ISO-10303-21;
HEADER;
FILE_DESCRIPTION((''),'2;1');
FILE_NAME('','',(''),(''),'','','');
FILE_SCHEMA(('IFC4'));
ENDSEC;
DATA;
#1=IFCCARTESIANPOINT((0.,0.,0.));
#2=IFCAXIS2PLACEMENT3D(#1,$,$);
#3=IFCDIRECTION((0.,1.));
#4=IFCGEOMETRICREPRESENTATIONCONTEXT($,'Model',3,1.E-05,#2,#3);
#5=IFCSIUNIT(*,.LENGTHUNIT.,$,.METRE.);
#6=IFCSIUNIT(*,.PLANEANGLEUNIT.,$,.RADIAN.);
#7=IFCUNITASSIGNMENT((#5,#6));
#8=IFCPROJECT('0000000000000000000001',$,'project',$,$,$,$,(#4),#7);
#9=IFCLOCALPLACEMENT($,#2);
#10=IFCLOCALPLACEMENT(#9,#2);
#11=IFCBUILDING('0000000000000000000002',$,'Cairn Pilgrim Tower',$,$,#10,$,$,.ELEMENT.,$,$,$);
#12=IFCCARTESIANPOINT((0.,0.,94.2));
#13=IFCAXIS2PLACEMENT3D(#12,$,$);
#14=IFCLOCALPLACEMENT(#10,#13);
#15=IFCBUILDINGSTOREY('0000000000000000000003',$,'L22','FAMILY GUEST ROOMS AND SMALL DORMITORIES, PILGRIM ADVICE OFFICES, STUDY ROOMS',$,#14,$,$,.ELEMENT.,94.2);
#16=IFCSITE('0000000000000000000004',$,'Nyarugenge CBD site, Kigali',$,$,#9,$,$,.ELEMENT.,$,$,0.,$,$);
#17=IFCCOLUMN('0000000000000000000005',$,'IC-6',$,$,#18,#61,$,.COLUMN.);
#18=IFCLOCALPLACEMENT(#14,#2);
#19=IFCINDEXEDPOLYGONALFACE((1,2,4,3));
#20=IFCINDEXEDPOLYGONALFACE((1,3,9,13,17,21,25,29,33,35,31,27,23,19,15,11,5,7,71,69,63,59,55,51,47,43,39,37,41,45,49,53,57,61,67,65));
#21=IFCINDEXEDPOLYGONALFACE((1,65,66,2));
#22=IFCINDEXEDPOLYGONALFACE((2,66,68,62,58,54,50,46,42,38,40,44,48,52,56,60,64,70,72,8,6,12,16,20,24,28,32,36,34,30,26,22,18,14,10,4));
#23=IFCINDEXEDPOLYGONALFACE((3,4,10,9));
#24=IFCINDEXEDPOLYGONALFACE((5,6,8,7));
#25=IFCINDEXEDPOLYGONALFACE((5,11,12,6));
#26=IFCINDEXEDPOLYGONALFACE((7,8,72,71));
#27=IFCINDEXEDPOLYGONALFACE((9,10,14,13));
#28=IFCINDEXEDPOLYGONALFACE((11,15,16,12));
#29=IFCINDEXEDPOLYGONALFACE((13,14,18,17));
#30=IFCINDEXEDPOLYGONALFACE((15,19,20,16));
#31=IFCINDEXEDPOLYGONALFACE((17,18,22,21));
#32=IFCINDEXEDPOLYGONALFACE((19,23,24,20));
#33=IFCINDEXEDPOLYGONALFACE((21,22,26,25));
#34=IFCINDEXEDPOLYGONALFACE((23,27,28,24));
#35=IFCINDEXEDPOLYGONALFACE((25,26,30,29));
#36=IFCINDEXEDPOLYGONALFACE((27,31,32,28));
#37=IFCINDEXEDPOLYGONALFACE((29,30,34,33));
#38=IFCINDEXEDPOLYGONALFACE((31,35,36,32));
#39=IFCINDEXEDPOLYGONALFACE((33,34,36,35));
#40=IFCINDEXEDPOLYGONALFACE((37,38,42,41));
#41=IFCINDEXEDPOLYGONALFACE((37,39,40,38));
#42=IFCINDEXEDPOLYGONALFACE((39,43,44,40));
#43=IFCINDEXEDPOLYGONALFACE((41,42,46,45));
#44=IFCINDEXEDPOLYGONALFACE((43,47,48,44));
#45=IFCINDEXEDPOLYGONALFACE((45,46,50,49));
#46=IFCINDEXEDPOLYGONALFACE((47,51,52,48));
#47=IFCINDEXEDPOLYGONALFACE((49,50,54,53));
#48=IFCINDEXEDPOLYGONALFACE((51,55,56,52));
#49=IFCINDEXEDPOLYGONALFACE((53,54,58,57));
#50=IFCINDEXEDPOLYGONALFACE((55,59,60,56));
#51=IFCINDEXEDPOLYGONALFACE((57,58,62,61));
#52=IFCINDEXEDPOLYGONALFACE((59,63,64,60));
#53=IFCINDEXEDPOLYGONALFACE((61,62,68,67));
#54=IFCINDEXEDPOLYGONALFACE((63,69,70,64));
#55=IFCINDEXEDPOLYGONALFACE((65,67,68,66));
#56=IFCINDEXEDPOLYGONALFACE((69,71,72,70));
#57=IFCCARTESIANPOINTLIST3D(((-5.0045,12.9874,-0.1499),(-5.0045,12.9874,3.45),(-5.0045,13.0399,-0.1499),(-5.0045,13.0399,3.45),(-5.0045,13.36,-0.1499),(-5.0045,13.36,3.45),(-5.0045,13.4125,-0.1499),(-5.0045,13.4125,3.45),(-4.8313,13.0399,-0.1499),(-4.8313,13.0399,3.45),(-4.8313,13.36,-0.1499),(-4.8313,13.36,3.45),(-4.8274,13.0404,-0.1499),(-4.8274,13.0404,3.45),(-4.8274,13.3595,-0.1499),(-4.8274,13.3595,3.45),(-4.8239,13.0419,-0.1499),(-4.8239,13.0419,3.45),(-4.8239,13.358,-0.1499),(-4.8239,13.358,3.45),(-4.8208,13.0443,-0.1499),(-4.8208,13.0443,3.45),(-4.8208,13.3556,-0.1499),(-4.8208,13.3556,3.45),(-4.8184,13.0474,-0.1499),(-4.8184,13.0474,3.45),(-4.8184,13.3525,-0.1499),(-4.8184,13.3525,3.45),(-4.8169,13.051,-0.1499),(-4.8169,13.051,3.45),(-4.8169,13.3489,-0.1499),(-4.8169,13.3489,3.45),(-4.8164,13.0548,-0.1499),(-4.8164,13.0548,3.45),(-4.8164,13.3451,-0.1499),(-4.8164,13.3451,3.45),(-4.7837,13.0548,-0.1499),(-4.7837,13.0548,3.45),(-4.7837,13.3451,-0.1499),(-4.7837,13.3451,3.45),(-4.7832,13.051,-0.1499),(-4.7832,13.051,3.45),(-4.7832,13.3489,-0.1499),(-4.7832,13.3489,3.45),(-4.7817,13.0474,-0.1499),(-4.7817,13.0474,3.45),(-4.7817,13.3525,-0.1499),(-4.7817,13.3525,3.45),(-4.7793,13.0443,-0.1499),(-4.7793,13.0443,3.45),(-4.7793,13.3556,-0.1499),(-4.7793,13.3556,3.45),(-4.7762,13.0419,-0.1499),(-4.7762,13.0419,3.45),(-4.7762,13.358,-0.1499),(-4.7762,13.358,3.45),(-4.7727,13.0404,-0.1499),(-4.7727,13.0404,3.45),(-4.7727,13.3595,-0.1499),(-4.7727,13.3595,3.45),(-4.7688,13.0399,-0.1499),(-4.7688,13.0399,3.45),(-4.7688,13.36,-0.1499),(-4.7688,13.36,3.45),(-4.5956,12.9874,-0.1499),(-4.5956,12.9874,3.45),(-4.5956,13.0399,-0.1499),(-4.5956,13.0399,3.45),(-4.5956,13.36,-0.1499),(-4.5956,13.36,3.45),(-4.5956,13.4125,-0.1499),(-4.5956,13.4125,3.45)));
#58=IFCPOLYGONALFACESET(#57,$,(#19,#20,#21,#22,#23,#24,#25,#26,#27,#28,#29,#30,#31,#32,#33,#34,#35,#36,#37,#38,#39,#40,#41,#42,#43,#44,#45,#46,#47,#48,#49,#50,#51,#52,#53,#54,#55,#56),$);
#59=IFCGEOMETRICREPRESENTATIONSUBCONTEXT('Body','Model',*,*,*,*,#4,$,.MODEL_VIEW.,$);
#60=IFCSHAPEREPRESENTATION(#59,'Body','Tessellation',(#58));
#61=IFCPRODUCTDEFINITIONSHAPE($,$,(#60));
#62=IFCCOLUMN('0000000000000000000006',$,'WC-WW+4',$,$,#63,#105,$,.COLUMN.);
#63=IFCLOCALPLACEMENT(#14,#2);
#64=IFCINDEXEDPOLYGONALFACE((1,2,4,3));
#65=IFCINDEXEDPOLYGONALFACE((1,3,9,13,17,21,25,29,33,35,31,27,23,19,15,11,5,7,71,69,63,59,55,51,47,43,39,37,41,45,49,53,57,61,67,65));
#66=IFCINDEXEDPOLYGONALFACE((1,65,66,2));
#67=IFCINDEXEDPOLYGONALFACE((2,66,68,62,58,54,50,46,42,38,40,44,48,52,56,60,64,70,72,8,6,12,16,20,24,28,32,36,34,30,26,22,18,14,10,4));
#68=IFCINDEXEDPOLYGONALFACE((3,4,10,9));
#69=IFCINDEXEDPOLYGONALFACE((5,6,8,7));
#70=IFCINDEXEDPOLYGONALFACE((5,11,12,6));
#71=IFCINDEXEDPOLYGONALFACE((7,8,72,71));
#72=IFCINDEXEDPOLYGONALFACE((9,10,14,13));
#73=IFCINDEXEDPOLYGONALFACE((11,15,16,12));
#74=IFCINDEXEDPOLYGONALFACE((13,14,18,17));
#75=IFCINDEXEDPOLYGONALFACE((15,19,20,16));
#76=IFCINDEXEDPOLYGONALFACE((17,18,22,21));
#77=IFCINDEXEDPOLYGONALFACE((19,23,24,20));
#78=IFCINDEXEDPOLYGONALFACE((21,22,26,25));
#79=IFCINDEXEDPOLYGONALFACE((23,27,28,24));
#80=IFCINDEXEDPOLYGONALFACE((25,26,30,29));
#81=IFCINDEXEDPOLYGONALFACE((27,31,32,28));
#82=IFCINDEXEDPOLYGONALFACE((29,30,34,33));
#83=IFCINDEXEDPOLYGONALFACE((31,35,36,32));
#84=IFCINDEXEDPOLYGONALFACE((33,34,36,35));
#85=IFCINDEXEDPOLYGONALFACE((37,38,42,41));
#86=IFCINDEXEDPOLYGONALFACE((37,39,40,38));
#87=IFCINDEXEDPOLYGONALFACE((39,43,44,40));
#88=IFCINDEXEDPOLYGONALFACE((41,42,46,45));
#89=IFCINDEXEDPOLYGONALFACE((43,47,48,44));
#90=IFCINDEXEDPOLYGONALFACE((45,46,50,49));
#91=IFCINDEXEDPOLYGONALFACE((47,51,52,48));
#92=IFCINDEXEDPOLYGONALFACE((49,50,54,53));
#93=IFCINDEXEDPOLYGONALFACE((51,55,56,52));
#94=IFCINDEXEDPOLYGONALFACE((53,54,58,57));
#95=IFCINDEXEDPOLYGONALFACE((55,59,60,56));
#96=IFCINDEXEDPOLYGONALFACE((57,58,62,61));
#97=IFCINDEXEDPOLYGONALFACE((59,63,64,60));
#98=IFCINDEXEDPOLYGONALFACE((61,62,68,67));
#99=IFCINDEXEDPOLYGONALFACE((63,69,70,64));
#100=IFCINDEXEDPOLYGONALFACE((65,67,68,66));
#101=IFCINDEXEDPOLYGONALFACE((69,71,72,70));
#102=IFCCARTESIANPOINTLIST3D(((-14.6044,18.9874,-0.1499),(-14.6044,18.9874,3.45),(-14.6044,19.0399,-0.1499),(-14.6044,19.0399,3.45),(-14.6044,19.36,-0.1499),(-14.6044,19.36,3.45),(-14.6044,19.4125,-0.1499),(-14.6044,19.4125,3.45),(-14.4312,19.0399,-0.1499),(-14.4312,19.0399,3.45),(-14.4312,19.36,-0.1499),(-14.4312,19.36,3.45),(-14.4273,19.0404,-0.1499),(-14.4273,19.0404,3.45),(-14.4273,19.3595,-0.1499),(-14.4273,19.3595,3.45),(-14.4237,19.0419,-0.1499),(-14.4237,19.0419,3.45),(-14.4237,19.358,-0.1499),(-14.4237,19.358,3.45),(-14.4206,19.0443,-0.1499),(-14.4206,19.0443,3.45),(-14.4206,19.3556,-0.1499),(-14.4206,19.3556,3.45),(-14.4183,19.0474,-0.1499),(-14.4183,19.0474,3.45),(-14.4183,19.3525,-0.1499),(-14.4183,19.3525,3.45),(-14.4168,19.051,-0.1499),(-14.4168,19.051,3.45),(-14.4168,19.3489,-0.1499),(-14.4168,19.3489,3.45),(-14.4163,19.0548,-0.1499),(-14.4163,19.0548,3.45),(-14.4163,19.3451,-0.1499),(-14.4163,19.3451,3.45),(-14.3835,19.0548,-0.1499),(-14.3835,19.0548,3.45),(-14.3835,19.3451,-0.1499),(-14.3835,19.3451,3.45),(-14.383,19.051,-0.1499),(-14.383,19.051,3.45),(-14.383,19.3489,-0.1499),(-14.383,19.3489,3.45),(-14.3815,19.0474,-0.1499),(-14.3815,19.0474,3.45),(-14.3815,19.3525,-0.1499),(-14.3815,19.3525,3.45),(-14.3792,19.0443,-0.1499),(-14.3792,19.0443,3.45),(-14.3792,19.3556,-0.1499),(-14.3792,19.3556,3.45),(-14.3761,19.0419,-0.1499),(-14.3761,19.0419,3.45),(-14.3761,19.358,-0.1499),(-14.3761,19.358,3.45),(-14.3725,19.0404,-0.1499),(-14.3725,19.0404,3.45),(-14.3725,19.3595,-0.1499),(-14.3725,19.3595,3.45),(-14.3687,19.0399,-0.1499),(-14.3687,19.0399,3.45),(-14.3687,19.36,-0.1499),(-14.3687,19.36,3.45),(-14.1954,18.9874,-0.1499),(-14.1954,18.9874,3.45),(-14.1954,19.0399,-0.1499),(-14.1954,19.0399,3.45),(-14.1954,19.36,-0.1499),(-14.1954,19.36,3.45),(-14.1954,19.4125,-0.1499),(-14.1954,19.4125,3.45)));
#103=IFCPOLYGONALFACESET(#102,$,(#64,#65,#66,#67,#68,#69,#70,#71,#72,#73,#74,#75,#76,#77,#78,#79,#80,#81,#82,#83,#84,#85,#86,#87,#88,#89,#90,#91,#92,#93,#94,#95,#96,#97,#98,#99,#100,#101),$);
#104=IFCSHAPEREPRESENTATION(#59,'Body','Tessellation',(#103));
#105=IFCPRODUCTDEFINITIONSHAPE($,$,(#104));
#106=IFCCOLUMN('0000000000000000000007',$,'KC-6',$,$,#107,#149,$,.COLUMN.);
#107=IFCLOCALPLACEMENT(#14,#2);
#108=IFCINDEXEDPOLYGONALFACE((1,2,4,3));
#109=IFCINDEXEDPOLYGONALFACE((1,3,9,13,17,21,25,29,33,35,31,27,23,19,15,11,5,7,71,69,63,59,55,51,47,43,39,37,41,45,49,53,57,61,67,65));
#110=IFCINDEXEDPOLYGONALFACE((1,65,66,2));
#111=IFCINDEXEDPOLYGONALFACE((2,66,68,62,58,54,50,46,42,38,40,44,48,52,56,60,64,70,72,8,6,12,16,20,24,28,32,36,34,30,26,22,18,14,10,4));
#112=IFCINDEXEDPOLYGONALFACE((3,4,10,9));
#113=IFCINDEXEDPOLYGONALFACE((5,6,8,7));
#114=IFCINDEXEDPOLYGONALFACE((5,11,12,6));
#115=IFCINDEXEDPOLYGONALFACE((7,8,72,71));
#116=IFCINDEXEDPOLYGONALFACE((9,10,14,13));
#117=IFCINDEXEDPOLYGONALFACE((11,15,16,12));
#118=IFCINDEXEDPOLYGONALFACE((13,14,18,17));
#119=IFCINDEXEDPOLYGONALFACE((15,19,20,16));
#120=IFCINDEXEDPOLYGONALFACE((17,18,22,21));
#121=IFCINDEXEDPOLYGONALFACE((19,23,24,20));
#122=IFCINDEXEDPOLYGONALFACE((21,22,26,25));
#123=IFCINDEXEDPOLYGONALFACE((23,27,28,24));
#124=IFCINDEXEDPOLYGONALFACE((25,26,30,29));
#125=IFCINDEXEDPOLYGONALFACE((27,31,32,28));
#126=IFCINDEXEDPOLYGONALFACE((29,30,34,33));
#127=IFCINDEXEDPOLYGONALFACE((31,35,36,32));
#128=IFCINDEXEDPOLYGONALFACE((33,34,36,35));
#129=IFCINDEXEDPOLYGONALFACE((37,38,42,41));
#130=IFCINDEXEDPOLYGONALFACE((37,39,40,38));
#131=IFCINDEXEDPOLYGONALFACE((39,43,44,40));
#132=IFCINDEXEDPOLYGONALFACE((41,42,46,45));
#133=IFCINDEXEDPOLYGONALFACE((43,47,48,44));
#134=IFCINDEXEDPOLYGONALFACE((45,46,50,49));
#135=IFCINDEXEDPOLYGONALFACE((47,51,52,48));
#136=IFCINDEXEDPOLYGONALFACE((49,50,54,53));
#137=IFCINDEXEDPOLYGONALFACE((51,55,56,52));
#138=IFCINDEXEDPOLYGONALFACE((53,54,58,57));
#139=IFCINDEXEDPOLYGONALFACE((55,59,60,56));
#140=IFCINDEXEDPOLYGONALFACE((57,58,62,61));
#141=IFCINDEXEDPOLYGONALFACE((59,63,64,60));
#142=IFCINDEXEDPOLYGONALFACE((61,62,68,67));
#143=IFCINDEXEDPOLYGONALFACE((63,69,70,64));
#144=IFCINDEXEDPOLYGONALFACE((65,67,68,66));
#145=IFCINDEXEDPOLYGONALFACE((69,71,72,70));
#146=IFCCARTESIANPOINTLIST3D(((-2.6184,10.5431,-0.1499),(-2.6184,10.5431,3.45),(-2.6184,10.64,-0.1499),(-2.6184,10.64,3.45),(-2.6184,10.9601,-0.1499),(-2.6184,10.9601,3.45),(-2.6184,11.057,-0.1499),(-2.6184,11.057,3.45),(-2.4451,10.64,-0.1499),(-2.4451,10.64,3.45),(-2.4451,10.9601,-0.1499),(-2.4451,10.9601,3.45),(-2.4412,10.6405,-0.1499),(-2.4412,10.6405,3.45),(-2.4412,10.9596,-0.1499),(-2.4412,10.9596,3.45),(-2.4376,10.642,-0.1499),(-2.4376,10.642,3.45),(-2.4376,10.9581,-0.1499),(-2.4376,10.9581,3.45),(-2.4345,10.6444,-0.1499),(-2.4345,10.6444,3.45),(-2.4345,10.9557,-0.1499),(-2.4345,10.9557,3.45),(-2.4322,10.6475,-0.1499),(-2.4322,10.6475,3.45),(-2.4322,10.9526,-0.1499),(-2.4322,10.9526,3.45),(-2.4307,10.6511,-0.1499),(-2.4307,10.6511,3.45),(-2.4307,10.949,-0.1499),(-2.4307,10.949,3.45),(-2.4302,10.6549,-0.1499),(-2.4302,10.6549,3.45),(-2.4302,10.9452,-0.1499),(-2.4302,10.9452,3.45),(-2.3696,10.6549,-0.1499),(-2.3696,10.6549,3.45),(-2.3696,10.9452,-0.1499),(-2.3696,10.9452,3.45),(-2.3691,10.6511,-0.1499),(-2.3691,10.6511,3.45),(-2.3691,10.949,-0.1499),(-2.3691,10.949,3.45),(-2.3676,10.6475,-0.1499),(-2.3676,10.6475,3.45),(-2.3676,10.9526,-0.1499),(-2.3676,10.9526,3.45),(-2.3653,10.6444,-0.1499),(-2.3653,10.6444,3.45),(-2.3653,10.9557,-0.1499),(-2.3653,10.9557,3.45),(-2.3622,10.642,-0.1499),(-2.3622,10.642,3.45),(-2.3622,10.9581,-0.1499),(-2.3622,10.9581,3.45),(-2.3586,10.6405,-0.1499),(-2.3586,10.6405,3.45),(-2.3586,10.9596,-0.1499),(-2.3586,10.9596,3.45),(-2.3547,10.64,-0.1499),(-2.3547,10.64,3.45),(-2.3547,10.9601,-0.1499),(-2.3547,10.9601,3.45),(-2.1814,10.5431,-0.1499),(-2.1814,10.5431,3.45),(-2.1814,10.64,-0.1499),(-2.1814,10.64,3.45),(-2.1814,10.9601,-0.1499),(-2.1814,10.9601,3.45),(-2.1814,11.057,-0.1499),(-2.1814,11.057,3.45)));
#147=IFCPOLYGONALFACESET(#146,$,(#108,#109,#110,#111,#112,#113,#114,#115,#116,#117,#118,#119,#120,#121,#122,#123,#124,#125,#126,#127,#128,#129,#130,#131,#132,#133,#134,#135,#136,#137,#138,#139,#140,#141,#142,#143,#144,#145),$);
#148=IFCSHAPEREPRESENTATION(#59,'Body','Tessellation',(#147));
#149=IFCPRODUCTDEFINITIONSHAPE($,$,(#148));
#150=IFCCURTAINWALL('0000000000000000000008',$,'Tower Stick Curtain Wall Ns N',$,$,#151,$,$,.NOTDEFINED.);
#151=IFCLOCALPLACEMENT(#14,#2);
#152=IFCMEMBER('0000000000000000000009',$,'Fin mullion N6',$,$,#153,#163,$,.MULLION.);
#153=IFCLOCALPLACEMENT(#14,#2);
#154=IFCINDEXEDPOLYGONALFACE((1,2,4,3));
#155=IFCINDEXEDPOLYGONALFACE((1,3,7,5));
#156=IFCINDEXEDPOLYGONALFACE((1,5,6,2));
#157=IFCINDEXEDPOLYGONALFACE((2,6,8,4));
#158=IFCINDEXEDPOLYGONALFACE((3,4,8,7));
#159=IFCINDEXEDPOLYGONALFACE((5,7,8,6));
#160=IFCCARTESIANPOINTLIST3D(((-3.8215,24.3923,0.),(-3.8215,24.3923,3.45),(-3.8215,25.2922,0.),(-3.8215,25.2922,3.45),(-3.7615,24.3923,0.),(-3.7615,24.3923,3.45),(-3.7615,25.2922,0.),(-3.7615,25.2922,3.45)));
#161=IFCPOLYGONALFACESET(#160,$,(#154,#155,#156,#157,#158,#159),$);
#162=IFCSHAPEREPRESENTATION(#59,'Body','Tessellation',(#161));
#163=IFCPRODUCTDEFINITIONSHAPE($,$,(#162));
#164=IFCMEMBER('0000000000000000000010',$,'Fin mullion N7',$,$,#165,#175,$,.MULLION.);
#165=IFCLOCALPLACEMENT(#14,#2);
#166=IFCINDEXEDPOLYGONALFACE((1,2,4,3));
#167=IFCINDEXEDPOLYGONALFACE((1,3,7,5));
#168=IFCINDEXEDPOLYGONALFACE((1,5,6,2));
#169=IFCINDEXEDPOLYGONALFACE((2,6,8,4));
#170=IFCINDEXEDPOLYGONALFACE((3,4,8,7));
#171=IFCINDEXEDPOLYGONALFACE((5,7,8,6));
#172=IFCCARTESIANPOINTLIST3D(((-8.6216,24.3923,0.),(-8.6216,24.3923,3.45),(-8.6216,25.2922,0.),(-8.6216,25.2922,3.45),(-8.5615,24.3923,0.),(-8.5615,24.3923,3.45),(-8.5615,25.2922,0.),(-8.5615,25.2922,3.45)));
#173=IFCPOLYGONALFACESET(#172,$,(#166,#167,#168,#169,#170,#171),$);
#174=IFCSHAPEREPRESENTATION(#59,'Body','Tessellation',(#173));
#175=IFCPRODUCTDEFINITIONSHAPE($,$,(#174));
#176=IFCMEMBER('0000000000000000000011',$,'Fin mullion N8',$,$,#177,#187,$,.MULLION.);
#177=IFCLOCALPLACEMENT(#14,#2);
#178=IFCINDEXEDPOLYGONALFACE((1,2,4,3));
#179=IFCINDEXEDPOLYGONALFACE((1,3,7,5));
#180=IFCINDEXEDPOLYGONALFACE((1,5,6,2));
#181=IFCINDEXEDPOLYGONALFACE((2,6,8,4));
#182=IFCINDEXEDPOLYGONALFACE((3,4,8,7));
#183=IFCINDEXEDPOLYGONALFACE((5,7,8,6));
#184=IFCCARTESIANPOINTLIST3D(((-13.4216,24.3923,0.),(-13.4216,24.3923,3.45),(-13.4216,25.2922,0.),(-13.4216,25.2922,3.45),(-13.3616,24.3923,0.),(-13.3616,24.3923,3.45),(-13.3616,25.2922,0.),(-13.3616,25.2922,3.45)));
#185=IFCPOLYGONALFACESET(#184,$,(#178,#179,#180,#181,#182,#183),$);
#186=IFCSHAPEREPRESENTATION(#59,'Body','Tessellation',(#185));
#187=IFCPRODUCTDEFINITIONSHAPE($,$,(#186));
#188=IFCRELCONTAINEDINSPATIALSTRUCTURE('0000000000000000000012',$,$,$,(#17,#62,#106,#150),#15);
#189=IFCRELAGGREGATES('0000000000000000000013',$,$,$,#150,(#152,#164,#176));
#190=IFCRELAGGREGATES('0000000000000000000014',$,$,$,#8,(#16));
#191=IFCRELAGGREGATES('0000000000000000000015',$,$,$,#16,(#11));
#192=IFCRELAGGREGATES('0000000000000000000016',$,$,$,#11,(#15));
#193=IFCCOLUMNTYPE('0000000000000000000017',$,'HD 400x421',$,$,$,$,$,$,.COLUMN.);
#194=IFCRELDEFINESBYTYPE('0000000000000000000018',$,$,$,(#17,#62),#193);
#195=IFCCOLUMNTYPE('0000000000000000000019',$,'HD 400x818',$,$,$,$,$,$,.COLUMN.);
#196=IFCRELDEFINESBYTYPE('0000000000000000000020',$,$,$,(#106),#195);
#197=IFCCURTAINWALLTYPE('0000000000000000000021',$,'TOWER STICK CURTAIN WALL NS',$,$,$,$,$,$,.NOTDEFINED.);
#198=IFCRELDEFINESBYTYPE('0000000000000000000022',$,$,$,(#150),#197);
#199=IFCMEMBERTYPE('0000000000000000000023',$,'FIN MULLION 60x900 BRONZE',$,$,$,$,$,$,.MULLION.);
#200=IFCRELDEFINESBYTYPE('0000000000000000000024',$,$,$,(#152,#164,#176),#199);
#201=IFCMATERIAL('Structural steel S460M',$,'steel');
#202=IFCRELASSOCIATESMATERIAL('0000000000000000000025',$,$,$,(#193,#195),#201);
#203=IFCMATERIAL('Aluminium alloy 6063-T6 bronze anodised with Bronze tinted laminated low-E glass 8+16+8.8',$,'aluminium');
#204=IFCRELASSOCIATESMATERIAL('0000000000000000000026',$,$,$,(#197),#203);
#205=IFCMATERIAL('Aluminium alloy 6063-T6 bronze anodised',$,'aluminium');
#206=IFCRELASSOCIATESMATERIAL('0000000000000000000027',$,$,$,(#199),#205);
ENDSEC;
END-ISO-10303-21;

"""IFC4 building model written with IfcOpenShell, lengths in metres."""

from ifc_helpers import new_model, si_unit, direction, frame, origin, origin_2d, place, context, subcontext, project, spatial, rectangle, i_section, extrude, material, material_profile, profile_set, type_object, element, aggregate, save


model = new_model("IFC4")

# Units and contexts
model_context = context("Model", 3, precision=1e-05, world=origin(), true_north=direction((0.0, 1.0)))
body_context = subcontext(model_context, "Body", "Model", "MODEL_VIEW")
ifc_project = project(units=[si_unit("LENGTHUNIT", "METRE"), si_unit("PLANEANGLEUNIT", "RADIAN")], contexts=[model_context])

# Site, building, storey
site_placement = place(None, origin())
site = spatial("IfcSite", under=ifc_project, at=site_placement, Name="Nyarugenge CBD site, Kigali", CompositionType="ELEMENT", RefElevation=0.0)
building_placement = place(site_placement, origin())
building = spatial("IfcBuilding", under=site, at=building_placement, Name="Cairn Pilgrim Tower", CompositionType="ELEMENT")
storey_placement = place(building_placement, frame((0.0, 0.0, 94.2)))
storey = spatial("IfcBuildingStorey", under=building, at=storey_placement, Name="L22", Description="FAMILY GUEST ROOMS AND SMALL DORMITORIES, PILGRIM ADVICE OFFICES, STUDY ROOMS", CompositionType="ELEMENT", Elevation=94.2)

# Columns
ifc_material_1 = material(Name="Structural steel S460M", Category="steel")
ifc_material_profile_1 = material_profile(ifc_material_1, i_section(OverallWidth=0.4089, OverallDepth=0.425, WebThickness=0.0327, FlangeThickness=0.0525, FilletRadius=0.0149, at=origin_2d()), Name="HD 400x421")
ifc_profile_set_1 = profile_set([ifc_material_profile_1], Name="Structural steel S460M")
column_type_1 = type_object("IfcColumnType", Name="HD 400x421", PredefinedType="COLUMN", material=ifc_profile_set_1)
for number, where, z_axis, x_axis, name in (
    (1, (-4.8, 13.2, -0.1499), (0.0, 0.0, 1.0), (1.0, 0.0, 0.0), "IC-6"),
    (2, (-14.3999, 19.2, -0.1499), (0.0, 0.0, 1.0), (1.0, 0.0, 0.0), "WC-WW+4"),
):
    element("IfcColumn", number, at=place(storey_placement, frame(where, z_axis=z_axis, x_axis=x_axis)), inside=storey, type_object=column_type_1, Name=name, PredefinedType="COLUMN", context=body_context, shape_type="SweptSolid", body=[
        extrude(i_section(OverallWidth=0.4089, OverallDepth=0.425, WebThickness=0.0327, FlangeThickness=0.0525, FilletRadius=0.0149, at=origin_2d()), origin(), (0.0, 0.0, 1.0), 3.5999),
    ])
ifc_material_profile_2 = material_profile(ifc_material_1, i_section(OverallWidth=0.437, OverallDepth=0.5139, WebThickness=0.0605, FlangeThickness=0.0969, FilletRadius=0.0149, at=origin_2d()), Name="HD 400x818")
ifc_profile_set_2 = profile_set([ifc_material_profile_2], Name="Structural steel S460M")
column_type_2 = type_object("IfcColumnType", Name="HD 400x818", PredefinedType="COLUMN", material=ifc_profile_set_2)
column_1_placement = place(storey_placement, frame((-2.3999, 10.8, -0.1499), z_axis=(0.0, 0.0, 1.0), x_axis=(1.0, 0.0, 0.0)))
element("IfcColumn", 3, at=column_1_placement, inside=storey, type_object=column_type_2, Name="KC-6", PredefinedType="COLUMN", context=body_context, shape_type="SweptSolid", body=[
    extrude(i_section(OverallWidth=0.437, OverallDepth=0.5139, WebThickness=0.0605, FlangeThickness=0.0969, FilletRadius=0.0149, at=origin_2d()), origin(), (0.0, 0.0, 1.0), 3.5999),
])

# Curtain wall, members
ifc_material_2 = material(Name="Aluminium alloy 6063-T6 bronze anodised with Bronze tinted laminated low-E glass 8+16+8.8", Category="aluminium")
curtain_wall_type = type_object("IfcCurtainWallType", Name="TOWER STICK CURTAIN WALL NS", PredefinedType="NOTDEFINED", material=ifc_material_2)
curtain_wall_placement = place(storey_placement, origin())
curtain_wall = element("IfcCurtainWall", 4, at=curtain_wall_placement, inside=storey, type_object=curtain_wall_type, Name="Tower Stick Curtain Wall Ns N", PredefinedType="NOTDEFINED")
ifc_material_3 = material(Name="Aluminium alloy 6063-T6 bronze anodised", Category="aluminium")
ifc_material_profile_3 = material_profile(ifc_material_3, rectangle(XDim=0.8999, YDim=0.0601, at=origin_2d()), Name="FIN MULLION 60x900 BRONZE")
ifc_profile_set_3 = profile_set([ifc_material_profile_3], Name="Aluminium alloy 6063-T6 bronze anodised")
member_type_1 = type_object("IfcMemberType", Name="FIN MULLION 60x900 BRONZE", PredefinedType="MULLION", material=ifc_profile_set_3)
member_1_placement = place(storey_placement, frame((-3.7915, 24.8423, 0.0), z_axis=(0.0, 0.0, 1.0), x_axis=(0.0, 1.0, 0.0)))
member_1 = element("IfcMember", 5, at=member_1_placement, type_object=member_type_1, Name="Fin mullion N6", PredefinedType="MULLION", context=body_context, shape_type="SweptSolid", body=[
    extrude(rectangle(XDim=0.8999, YDim=0.0601, at=origin_2d()), origin(), (0.0, 0.0, 1.0), 3.45),
])
member_2_placement = place(storey_placement, frame((-8.5916, 24.8423, 0.0), z_axis=(0.0, 0.0, 1.0), x_axis=(0.0, 1.0, 0.0)))
member_2 = element("IfcMember", 6, at=member_2_placement, type_object=member_type_1, Name="Fin mullion N7", PredefinedType="MULLION", context=body_context, shape_type="SweptSolid", body=[
    extrude(rectangle(XDim=0.8999, YDim=0.0601, at=origin_2d()), origin(), (0.0, 0.0, 1.0), 3.45),
])
member_3_placement = place(storey_placement, frame((-13.3916, 24.8423, 0.0), z_axis=(0.0, 0.0, 1.0), x_axis=(0.0, 1.0, 0.0)))
member_3 = element("IfcMember", 7, at=member_3_placement, type_object=member_type_1, Name="Fin mullion N8", PredefinedType="MULLION", context=body_context, shape_type="SweptSolid", body=[
    extrude(rectangle(XDim=0.8999, YDim=0.0601, at=origin_2d()), origin(), (0.0, 0.0, 1.0), 3.45),
])

aggregate(curtain_wall, [member_1, member_2, member_3])

save(model, "model.ifc")
